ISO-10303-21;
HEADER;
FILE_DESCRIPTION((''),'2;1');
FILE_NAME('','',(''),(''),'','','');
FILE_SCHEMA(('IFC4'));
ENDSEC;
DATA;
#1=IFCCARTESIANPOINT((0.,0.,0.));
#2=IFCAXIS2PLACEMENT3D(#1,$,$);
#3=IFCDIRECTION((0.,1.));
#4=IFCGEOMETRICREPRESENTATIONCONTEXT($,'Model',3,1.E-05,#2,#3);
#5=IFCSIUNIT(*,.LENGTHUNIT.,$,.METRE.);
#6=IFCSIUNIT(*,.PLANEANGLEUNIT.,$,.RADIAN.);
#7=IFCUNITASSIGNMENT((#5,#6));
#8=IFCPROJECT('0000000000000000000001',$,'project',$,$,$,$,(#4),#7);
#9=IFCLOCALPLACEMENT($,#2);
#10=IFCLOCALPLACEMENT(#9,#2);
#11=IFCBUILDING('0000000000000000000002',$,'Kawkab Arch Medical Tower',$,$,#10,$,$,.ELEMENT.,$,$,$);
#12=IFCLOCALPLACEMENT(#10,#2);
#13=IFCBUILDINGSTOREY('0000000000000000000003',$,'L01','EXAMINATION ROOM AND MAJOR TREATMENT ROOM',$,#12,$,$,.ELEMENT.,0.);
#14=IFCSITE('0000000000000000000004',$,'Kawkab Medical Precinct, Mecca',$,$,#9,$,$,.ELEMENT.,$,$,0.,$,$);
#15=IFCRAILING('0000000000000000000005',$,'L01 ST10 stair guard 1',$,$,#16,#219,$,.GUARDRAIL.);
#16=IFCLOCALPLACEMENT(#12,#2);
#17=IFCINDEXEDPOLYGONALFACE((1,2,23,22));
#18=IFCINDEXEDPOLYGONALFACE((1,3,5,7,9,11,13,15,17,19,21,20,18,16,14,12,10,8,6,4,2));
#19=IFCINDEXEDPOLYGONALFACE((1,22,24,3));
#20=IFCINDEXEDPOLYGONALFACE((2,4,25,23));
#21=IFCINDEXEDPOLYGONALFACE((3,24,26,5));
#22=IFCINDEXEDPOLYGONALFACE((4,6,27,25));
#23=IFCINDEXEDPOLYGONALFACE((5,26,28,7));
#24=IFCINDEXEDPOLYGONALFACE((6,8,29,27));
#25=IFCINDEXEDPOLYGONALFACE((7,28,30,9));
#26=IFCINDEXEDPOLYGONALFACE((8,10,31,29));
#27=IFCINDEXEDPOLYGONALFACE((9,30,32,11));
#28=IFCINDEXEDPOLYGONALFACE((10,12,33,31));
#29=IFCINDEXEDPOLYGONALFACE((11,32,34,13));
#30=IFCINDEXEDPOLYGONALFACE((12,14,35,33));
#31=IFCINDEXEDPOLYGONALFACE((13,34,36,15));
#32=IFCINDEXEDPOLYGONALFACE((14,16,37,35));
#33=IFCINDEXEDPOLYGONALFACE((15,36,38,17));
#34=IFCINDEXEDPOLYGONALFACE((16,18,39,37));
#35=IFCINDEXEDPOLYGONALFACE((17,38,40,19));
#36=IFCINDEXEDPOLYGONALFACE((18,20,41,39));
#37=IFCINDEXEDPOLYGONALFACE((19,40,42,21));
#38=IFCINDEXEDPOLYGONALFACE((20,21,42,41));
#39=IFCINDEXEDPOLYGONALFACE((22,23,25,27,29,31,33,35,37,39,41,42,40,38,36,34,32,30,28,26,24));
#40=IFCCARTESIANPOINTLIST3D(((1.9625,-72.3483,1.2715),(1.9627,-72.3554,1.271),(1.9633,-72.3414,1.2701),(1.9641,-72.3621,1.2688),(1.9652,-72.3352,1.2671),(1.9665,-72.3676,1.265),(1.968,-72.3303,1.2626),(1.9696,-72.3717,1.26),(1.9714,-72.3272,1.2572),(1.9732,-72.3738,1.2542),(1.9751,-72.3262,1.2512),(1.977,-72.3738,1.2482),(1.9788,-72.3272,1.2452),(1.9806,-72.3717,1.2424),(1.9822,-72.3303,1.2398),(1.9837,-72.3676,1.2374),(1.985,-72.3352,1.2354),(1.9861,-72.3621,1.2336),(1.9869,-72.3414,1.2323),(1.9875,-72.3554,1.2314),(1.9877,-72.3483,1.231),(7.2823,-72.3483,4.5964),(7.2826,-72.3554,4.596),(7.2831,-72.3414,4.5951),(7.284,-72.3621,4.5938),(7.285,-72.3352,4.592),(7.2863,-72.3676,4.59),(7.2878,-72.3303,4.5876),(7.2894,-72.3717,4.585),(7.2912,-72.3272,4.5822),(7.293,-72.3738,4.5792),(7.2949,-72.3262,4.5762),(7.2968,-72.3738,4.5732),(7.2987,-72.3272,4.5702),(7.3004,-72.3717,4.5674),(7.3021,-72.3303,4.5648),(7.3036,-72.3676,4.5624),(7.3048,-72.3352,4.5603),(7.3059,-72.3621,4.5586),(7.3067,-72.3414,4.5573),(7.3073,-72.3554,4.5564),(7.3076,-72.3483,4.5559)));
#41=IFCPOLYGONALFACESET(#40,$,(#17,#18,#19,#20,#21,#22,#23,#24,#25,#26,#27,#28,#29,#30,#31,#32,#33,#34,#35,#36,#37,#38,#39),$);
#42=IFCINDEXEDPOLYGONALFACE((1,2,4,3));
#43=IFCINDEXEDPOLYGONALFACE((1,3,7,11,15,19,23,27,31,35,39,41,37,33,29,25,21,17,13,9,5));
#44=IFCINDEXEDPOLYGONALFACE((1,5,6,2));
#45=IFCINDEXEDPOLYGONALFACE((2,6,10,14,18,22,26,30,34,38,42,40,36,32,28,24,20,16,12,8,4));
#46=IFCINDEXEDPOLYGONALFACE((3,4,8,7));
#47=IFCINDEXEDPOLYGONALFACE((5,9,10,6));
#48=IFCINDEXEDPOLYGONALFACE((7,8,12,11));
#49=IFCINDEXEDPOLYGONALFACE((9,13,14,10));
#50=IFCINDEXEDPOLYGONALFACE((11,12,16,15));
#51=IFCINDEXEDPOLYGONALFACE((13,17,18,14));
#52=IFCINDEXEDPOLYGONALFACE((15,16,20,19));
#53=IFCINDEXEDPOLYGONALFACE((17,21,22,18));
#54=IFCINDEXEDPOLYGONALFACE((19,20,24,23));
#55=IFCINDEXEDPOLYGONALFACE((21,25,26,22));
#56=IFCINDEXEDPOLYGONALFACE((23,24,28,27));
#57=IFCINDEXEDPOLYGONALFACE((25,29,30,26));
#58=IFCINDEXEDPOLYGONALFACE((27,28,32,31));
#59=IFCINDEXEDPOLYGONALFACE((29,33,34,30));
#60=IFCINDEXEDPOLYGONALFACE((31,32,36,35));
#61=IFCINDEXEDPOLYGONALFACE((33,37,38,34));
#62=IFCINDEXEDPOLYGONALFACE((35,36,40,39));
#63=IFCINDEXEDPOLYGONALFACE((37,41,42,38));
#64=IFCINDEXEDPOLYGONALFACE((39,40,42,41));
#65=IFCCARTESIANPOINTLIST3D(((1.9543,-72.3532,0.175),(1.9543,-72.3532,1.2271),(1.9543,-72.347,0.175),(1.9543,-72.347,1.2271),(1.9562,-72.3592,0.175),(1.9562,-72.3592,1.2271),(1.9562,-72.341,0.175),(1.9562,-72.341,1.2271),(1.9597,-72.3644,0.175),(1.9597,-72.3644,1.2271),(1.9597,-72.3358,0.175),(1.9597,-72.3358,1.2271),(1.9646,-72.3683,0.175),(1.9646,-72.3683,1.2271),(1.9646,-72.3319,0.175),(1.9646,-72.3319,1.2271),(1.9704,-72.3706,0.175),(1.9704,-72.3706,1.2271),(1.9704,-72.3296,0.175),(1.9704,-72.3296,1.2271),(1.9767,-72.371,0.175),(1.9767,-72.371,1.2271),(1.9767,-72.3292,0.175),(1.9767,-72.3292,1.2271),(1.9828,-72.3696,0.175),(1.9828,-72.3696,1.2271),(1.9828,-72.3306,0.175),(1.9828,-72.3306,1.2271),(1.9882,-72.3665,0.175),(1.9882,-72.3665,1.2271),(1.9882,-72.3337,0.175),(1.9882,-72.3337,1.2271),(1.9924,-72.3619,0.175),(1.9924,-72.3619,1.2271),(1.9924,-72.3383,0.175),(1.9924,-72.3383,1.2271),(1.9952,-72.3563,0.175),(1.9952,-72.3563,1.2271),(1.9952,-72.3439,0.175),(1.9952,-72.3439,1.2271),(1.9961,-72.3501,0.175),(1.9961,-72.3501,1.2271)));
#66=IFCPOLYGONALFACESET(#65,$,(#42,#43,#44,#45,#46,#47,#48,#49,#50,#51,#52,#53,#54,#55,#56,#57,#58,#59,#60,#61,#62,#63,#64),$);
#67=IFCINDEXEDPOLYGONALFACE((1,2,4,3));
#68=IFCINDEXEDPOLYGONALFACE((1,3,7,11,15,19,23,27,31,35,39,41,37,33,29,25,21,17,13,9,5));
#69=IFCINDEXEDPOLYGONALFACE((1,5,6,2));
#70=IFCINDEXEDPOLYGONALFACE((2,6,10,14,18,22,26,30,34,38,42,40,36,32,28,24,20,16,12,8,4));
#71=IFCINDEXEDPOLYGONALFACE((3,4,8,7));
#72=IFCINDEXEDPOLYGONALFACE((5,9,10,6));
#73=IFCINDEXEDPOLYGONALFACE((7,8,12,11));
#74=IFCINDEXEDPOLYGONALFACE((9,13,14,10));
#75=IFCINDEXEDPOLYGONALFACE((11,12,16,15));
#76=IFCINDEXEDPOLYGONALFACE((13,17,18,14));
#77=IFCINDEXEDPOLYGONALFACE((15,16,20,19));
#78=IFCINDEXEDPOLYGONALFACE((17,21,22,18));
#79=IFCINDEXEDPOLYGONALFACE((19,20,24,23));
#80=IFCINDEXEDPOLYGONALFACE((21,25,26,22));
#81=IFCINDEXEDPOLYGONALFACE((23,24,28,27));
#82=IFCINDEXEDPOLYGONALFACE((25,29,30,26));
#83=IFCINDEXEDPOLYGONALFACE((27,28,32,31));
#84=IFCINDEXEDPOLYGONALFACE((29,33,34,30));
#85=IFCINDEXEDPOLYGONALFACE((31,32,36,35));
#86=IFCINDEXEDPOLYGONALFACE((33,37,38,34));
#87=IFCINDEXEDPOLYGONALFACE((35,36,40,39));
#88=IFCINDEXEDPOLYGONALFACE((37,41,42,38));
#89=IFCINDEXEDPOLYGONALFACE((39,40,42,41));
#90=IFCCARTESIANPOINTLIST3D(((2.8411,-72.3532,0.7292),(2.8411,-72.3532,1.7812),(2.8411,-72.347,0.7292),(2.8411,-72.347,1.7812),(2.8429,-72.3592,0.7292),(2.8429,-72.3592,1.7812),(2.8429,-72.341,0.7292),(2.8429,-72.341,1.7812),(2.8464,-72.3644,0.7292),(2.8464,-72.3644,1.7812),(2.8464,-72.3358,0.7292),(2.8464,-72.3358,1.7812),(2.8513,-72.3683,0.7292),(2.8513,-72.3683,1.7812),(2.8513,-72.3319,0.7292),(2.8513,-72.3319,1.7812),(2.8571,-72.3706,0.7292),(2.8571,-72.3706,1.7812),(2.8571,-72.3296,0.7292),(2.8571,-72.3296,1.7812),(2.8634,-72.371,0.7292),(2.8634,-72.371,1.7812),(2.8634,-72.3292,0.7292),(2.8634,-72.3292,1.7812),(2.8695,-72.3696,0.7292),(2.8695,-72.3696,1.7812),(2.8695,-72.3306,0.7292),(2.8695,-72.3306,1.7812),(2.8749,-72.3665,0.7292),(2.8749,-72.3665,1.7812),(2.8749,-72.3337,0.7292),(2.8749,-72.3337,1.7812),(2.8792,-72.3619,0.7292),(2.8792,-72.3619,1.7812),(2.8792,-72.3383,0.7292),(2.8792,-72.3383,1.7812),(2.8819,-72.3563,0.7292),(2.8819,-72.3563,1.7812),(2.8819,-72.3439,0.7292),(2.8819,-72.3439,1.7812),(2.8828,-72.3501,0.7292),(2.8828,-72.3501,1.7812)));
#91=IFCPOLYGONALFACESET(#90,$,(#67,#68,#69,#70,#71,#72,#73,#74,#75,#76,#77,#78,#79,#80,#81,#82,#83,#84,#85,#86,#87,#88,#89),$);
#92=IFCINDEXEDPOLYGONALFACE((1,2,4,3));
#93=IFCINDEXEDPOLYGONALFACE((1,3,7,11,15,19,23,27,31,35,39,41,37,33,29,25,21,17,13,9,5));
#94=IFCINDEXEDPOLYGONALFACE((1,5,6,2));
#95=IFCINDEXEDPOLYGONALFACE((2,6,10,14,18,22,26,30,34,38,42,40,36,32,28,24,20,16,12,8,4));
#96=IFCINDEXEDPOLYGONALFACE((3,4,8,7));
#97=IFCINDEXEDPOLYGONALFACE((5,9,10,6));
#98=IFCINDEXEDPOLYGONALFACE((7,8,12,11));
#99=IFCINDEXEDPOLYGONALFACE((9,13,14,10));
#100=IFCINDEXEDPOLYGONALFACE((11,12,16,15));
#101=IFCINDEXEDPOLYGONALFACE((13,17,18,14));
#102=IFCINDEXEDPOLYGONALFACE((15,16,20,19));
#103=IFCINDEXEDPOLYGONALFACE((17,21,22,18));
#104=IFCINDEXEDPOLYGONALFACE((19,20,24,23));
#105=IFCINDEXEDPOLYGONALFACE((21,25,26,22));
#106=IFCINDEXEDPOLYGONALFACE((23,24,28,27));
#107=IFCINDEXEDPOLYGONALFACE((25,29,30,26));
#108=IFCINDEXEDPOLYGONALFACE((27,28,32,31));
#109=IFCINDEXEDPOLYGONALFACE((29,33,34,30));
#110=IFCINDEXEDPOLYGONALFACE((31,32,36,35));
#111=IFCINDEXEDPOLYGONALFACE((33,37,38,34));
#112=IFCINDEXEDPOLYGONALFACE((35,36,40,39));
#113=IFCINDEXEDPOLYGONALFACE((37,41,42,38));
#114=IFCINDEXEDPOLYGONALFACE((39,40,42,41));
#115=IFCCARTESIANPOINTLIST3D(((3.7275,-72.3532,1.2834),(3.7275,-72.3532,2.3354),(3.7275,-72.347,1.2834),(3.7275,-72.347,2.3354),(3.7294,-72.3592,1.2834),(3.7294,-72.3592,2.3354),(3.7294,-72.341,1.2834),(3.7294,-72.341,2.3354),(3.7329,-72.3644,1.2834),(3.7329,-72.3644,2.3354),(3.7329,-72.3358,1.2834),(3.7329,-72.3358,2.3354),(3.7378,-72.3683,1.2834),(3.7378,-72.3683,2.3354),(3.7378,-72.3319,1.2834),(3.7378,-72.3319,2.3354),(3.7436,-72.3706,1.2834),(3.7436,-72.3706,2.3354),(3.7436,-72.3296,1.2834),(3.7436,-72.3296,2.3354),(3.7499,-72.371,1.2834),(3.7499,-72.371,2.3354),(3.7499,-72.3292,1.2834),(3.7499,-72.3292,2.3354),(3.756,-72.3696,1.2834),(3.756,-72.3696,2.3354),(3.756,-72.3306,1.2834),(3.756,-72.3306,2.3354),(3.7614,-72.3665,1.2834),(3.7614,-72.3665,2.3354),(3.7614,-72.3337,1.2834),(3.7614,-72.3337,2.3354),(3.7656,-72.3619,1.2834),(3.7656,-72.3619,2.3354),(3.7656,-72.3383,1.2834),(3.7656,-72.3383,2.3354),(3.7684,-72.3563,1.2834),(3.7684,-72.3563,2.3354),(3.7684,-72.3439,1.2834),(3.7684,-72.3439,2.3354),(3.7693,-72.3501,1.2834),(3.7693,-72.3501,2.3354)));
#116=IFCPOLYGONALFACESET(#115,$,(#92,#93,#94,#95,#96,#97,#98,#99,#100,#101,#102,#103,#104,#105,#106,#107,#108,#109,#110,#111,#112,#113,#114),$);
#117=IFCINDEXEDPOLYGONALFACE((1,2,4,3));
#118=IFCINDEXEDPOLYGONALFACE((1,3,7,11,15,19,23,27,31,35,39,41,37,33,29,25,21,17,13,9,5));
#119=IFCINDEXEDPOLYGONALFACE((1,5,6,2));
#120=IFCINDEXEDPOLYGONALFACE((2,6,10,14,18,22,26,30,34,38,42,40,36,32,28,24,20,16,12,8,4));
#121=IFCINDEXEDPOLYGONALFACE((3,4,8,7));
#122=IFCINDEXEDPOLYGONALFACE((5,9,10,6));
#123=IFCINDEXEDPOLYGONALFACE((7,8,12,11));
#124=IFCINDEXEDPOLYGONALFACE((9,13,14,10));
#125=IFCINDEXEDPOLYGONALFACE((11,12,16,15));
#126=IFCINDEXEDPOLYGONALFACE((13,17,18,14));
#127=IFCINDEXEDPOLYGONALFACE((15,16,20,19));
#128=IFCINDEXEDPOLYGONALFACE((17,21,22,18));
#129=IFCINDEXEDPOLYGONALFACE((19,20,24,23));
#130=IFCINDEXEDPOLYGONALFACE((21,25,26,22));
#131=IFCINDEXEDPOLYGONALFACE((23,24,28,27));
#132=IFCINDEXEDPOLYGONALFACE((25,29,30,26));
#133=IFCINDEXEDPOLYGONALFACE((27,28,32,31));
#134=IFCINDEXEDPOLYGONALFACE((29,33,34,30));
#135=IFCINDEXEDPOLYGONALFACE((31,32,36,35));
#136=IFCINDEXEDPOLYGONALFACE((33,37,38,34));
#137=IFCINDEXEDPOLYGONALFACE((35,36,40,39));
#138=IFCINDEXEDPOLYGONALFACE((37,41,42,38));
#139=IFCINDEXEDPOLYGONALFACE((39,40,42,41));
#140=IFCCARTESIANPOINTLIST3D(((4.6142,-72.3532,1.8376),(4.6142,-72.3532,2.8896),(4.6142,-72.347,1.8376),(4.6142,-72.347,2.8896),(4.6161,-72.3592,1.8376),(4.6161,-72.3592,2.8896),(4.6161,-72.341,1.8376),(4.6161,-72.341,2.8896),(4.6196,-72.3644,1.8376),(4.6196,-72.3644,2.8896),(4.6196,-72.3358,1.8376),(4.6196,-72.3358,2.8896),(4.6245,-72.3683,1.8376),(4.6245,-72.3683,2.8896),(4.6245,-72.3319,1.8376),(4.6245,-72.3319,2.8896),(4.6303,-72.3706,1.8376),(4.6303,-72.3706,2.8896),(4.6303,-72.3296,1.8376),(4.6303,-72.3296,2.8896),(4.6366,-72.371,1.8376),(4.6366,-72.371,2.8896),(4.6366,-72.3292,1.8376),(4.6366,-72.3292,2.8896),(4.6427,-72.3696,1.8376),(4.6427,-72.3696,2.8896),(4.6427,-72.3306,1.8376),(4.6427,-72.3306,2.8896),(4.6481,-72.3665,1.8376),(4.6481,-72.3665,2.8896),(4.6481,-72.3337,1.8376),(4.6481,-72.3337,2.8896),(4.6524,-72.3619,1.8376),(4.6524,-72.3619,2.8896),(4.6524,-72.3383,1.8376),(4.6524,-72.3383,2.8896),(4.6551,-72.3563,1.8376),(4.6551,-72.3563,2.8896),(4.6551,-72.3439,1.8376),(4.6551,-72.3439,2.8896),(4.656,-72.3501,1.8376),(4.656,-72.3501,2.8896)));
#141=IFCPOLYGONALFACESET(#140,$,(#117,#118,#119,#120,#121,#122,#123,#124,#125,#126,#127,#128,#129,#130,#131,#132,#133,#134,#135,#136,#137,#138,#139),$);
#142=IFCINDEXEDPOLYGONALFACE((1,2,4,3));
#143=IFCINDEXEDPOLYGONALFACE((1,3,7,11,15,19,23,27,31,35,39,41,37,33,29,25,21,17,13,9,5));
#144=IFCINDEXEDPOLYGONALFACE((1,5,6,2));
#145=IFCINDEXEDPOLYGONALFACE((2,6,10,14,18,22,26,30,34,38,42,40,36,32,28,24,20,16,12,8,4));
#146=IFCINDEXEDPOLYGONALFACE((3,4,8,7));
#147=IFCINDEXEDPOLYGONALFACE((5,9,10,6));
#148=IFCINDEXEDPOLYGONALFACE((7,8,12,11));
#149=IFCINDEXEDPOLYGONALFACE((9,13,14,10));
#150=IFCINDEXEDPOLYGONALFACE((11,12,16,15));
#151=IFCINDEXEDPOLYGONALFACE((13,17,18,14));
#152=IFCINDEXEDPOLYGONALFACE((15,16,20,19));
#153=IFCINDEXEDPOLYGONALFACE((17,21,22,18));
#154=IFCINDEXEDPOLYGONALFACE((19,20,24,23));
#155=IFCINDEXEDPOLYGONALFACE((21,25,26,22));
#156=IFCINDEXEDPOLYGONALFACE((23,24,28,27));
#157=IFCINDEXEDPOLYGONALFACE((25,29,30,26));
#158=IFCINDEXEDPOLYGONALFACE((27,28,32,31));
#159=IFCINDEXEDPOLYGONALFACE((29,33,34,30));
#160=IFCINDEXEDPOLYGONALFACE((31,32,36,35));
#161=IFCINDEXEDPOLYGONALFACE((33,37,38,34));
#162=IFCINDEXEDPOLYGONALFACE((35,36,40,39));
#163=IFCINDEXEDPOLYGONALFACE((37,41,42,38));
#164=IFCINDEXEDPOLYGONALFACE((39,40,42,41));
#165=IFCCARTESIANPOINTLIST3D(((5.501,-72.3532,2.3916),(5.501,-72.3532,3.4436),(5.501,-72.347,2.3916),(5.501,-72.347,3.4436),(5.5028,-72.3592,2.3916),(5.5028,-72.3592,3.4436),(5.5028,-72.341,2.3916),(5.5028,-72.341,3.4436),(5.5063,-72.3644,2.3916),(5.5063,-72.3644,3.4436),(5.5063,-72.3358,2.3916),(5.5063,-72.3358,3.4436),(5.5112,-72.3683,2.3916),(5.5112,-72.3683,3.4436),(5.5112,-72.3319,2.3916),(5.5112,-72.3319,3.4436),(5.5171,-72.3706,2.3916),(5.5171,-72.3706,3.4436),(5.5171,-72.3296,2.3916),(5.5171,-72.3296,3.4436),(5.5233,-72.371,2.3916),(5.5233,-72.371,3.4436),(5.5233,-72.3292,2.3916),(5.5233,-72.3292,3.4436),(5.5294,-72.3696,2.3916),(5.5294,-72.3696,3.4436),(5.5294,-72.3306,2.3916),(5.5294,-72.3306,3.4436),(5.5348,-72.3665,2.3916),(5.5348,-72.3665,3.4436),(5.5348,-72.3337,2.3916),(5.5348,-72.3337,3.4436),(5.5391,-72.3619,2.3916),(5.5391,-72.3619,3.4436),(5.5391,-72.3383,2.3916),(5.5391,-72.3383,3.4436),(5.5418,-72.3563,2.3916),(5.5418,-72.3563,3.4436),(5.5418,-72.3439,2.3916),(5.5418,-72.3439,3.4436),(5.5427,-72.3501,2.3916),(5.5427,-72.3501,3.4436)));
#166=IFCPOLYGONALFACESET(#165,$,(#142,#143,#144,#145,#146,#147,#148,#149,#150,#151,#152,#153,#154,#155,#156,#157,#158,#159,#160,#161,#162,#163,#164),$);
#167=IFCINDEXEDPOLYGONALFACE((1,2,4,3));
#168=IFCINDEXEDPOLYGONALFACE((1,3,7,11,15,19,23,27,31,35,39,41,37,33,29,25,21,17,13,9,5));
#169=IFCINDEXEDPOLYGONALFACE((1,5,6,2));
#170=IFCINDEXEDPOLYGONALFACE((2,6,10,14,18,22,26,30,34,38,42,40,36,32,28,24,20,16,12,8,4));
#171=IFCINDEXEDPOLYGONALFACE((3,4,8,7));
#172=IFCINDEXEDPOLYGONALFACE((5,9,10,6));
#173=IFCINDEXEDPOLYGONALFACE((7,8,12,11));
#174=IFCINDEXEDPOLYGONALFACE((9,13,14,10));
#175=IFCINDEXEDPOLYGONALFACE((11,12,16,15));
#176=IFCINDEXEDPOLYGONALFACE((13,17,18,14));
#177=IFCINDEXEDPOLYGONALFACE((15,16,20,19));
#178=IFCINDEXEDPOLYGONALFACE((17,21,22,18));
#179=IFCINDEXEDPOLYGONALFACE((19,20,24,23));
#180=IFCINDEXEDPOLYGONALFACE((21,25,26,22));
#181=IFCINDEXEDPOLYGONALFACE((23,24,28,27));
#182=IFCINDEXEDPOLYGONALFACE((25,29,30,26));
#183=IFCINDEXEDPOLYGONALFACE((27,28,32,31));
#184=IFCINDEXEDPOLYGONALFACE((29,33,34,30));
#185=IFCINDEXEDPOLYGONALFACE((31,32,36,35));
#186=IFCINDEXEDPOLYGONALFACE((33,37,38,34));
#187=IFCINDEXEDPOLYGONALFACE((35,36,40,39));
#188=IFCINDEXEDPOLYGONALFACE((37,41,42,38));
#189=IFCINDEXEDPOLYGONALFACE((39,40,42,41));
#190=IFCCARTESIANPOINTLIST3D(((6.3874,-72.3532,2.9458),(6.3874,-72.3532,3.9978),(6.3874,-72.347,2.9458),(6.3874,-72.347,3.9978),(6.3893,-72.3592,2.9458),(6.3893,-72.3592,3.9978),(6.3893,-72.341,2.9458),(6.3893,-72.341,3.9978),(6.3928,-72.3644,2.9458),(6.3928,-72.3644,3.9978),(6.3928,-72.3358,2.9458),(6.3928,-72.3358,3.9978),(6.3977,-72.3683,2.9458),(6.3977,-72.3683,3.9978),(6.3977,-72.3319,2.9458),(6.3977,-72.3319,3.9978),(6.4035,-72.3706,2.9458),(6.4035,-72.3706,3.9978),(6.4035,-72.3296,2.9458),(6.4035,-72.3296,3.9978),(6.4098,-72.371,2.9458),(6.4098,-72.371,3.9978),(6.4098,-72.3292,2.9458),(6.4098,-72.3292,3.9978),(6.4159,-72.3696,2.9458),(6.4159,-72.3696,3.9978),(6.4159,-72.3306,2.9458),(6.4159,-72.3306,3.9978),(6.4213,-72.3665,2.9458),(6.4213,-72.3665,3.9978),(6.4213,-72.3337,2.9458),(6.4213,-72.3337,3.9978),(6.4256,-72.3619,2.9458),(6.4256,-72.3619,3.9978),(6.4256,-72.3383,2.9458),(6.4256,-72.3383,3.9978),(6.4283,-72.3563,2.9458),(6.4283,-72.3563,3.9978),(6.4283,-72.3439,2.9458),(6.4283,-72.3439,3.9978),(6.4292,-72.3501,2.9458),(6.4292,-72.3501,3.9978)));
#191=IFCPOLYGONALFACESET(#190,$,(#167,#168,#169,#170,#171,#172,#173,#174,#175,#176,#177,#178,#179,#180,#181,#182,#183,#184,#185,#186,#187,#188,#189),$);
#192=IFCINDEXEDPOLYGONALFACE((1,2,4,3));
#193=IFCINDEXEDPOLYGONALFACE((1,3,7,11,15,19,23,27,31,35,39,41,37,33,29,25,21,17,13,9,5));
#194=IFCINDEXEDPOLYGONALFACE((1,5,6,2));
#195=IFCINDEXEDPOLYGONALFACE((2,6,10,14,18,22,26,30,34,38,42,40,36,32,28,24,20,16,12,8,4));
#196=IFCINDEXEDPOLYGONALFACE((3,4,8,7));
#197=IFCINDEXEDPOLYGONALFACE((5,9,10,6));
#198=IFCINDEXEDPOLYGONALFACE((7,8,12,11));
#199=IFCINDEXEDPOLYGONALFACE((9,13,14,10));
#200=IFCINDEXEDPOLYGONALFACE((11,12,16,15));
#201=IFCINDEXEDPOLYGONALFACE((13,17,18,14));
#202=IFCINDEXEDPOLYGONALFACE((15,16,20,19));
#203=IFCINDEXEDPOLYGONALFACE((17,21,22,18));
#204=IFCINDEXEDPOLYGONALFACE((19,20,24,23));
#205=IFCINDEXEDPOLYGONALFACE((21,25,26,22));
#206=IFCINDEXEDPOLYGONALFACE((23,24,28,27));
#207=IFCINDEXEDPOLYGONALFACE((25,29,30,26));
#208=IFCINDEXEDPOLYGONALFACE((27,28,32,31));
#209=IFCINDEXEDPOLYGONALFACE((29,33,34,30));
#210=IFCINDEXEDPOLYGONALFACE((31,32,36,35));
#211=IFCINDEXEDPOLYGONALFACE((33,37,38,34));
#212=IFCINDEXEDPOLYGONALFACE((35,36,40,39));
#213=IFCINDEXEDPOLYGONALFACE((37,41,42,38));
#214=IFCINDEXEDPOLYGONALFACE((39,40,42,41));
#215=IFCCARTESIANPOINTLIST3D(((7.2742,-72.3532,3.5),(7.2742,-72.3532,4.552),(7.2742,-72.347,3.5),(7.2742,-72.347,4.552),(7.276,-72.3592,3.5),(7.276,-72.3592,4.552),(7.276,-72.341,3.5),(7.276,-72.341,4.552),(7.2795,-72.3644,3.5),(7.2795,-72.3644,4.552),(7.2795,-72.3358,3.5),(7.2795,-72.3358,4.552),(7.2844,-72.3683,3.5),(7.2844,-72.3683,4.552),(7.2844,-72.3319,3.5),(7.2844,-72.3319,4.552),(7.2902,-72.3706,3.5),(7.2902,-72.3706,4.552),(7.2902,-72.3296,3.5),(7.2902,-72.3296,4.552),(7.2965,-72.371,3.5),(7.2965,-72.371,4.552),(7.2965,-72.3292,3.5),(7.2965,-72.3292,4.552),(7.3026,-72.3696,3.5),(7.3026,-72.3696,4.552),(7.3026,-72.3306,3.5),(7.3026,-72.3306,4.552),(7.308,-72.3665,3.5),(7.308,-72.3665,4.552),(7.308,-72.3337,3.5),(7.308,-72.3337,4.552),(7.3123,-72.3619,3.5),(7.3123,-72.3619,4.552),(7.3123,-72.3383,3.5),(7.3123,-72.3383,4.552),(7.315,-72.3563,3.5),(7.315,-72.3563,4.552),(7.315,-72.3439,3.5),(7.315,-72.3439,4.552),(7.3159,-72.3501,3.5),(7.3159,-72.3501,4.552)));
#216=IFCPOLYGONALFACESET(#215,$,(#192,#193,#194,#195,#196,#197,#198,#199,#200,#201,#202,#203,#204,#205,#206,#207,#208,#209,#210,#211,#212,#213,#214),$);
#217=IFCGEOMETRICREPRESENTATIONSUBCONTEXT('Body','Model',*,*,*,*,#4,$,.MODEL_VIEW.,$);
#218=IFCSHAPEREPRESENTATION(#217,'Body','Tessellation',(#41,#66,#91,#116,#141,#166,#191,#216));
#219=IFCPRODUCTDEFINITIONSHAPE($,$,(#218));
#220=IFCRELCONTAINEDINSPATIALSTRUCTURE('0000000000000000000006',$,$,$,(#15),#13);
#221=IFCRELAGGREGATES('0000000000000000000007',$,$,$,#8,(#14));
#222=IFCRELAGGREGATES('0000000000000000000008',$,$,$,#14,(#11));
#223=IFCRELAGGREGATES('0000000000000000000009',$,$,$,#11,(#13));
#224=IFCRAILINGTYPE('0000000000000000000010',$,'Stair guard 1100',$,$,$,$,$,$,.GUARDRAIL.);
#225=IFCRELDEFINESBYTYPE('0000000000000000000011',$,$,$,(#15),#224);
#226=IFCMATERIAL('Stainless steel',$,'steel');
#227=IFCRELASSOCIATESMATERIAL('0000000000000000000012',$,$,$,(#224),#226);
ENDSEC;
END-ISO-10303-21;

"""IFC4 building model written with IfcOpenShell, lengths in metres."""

from ifc_helpers import new_model, si_unit, direction, frame, origin, origin_2d, place, context, subcontext, project, spatial, circle, extrude, material, type_object, element, save


model = new_model("IFC4")

# Units and contexts
model_context = context("Model", 3, precision=1e-05, world=origin(), true_north=direction((0.0, 1.0)))
body_context = subcontext(model_context, "Body", "Model", "MODEL_VIEW")
ifc_project = project(units=[si_unit("LENGTHUNIT", "METRE"), si_unit("PLANEANGLEUNIT", "RADIAN")], contexts=[model_context])

# Site, building, storey
site_placement = place(None, origin())
site = spatial("IfcSite", under=ifc_project, at=site_placement, Name="Kawkab Medical Precinct, Mecca", CompositionType="ELEMENT", RefElevation=0.0)
building_placement = place(site_placement, origin())
building = spatial("IfcBuilding", under=site, at=building_placement, Name="Kawkab Arch Medical Tower", CompositionType="ELEMENT")
storey_placement = place(building_placement, origin())
storey = spatial("IfcBuildingStorey", under=building, at=storey_placement, Name="L01", Description="EXAMINATION ROOM AND MAJOR TREATMENT ROOM", CompositionType="ELEMENT", Elevation=0.0)

# Railing
ifc_material_1 = material(Name="Stainless steel", Category="steel")
railing_type = type_object("IfcRailingType", Name="Stair guard 1100", PredefinedType="GUARDRAIL", material=ifc_material_1)
railing_placement = place(storey_placement, frame((1.9751, -72.3501, 0.175)))
element("IfcRailing", 1, at=railing_placement, inside=storey, type_object=railing_type, Name="L01 ST10 stair guard 1", PredefinedType="GUARDRAIL", context=body_context, shape_type="SweptSolid", body=[
    extrude(circle(Radius=0.0239, at=origin_2d()), frame((0.0, 0.0, 1.0762), z_axis=(0.847994, 0.0, 0.530006), x_axis=(0.0, 1.0, 0.0)), (0.0, 0.0, 1.0), 6.2734),
    extrude(circle(Radius=0.021, at=origin_2d()), origin(), (0.0, 0.0, 1.0), 1.052),
    extrude(circle(Radius=0.021, at=origin_2d()), frame((0.8867, 0.0, 0.5542)), (0.0, 0.0, 1.0), 1.052),
    extrude(circle(Radius=0.021, at=origin_2d()), frame((1.7732, 0.0, 1.1084)), (0.0, 0.0, 1.0), 1.052),
    extrude(circle(Radius=0.021, at=origin_2d()), frame((2.6599, 0.0, 1.6626)), (0.0, 0.0, 1.0), 1.052),
    extrude(circle(Radius=0.021, at=origin_2d()), frame((3.5466, 0.0, 2.2166)), (0.0, 0.0, 1.0), 1.052),
    extrude(circle(Radius=0.021, at=origin_2d()), frame((4.4331, 0.0, 2.7708)), (0.0, 0.0, 1.0), 1.052),
    extrude(circle(Radius=0.021, at=origin_2d()), frame((5.3198, 0.0, 3.325)), (0.0, 0.0, 1.0), 1.052),
])

save(model, "model.ifc")
